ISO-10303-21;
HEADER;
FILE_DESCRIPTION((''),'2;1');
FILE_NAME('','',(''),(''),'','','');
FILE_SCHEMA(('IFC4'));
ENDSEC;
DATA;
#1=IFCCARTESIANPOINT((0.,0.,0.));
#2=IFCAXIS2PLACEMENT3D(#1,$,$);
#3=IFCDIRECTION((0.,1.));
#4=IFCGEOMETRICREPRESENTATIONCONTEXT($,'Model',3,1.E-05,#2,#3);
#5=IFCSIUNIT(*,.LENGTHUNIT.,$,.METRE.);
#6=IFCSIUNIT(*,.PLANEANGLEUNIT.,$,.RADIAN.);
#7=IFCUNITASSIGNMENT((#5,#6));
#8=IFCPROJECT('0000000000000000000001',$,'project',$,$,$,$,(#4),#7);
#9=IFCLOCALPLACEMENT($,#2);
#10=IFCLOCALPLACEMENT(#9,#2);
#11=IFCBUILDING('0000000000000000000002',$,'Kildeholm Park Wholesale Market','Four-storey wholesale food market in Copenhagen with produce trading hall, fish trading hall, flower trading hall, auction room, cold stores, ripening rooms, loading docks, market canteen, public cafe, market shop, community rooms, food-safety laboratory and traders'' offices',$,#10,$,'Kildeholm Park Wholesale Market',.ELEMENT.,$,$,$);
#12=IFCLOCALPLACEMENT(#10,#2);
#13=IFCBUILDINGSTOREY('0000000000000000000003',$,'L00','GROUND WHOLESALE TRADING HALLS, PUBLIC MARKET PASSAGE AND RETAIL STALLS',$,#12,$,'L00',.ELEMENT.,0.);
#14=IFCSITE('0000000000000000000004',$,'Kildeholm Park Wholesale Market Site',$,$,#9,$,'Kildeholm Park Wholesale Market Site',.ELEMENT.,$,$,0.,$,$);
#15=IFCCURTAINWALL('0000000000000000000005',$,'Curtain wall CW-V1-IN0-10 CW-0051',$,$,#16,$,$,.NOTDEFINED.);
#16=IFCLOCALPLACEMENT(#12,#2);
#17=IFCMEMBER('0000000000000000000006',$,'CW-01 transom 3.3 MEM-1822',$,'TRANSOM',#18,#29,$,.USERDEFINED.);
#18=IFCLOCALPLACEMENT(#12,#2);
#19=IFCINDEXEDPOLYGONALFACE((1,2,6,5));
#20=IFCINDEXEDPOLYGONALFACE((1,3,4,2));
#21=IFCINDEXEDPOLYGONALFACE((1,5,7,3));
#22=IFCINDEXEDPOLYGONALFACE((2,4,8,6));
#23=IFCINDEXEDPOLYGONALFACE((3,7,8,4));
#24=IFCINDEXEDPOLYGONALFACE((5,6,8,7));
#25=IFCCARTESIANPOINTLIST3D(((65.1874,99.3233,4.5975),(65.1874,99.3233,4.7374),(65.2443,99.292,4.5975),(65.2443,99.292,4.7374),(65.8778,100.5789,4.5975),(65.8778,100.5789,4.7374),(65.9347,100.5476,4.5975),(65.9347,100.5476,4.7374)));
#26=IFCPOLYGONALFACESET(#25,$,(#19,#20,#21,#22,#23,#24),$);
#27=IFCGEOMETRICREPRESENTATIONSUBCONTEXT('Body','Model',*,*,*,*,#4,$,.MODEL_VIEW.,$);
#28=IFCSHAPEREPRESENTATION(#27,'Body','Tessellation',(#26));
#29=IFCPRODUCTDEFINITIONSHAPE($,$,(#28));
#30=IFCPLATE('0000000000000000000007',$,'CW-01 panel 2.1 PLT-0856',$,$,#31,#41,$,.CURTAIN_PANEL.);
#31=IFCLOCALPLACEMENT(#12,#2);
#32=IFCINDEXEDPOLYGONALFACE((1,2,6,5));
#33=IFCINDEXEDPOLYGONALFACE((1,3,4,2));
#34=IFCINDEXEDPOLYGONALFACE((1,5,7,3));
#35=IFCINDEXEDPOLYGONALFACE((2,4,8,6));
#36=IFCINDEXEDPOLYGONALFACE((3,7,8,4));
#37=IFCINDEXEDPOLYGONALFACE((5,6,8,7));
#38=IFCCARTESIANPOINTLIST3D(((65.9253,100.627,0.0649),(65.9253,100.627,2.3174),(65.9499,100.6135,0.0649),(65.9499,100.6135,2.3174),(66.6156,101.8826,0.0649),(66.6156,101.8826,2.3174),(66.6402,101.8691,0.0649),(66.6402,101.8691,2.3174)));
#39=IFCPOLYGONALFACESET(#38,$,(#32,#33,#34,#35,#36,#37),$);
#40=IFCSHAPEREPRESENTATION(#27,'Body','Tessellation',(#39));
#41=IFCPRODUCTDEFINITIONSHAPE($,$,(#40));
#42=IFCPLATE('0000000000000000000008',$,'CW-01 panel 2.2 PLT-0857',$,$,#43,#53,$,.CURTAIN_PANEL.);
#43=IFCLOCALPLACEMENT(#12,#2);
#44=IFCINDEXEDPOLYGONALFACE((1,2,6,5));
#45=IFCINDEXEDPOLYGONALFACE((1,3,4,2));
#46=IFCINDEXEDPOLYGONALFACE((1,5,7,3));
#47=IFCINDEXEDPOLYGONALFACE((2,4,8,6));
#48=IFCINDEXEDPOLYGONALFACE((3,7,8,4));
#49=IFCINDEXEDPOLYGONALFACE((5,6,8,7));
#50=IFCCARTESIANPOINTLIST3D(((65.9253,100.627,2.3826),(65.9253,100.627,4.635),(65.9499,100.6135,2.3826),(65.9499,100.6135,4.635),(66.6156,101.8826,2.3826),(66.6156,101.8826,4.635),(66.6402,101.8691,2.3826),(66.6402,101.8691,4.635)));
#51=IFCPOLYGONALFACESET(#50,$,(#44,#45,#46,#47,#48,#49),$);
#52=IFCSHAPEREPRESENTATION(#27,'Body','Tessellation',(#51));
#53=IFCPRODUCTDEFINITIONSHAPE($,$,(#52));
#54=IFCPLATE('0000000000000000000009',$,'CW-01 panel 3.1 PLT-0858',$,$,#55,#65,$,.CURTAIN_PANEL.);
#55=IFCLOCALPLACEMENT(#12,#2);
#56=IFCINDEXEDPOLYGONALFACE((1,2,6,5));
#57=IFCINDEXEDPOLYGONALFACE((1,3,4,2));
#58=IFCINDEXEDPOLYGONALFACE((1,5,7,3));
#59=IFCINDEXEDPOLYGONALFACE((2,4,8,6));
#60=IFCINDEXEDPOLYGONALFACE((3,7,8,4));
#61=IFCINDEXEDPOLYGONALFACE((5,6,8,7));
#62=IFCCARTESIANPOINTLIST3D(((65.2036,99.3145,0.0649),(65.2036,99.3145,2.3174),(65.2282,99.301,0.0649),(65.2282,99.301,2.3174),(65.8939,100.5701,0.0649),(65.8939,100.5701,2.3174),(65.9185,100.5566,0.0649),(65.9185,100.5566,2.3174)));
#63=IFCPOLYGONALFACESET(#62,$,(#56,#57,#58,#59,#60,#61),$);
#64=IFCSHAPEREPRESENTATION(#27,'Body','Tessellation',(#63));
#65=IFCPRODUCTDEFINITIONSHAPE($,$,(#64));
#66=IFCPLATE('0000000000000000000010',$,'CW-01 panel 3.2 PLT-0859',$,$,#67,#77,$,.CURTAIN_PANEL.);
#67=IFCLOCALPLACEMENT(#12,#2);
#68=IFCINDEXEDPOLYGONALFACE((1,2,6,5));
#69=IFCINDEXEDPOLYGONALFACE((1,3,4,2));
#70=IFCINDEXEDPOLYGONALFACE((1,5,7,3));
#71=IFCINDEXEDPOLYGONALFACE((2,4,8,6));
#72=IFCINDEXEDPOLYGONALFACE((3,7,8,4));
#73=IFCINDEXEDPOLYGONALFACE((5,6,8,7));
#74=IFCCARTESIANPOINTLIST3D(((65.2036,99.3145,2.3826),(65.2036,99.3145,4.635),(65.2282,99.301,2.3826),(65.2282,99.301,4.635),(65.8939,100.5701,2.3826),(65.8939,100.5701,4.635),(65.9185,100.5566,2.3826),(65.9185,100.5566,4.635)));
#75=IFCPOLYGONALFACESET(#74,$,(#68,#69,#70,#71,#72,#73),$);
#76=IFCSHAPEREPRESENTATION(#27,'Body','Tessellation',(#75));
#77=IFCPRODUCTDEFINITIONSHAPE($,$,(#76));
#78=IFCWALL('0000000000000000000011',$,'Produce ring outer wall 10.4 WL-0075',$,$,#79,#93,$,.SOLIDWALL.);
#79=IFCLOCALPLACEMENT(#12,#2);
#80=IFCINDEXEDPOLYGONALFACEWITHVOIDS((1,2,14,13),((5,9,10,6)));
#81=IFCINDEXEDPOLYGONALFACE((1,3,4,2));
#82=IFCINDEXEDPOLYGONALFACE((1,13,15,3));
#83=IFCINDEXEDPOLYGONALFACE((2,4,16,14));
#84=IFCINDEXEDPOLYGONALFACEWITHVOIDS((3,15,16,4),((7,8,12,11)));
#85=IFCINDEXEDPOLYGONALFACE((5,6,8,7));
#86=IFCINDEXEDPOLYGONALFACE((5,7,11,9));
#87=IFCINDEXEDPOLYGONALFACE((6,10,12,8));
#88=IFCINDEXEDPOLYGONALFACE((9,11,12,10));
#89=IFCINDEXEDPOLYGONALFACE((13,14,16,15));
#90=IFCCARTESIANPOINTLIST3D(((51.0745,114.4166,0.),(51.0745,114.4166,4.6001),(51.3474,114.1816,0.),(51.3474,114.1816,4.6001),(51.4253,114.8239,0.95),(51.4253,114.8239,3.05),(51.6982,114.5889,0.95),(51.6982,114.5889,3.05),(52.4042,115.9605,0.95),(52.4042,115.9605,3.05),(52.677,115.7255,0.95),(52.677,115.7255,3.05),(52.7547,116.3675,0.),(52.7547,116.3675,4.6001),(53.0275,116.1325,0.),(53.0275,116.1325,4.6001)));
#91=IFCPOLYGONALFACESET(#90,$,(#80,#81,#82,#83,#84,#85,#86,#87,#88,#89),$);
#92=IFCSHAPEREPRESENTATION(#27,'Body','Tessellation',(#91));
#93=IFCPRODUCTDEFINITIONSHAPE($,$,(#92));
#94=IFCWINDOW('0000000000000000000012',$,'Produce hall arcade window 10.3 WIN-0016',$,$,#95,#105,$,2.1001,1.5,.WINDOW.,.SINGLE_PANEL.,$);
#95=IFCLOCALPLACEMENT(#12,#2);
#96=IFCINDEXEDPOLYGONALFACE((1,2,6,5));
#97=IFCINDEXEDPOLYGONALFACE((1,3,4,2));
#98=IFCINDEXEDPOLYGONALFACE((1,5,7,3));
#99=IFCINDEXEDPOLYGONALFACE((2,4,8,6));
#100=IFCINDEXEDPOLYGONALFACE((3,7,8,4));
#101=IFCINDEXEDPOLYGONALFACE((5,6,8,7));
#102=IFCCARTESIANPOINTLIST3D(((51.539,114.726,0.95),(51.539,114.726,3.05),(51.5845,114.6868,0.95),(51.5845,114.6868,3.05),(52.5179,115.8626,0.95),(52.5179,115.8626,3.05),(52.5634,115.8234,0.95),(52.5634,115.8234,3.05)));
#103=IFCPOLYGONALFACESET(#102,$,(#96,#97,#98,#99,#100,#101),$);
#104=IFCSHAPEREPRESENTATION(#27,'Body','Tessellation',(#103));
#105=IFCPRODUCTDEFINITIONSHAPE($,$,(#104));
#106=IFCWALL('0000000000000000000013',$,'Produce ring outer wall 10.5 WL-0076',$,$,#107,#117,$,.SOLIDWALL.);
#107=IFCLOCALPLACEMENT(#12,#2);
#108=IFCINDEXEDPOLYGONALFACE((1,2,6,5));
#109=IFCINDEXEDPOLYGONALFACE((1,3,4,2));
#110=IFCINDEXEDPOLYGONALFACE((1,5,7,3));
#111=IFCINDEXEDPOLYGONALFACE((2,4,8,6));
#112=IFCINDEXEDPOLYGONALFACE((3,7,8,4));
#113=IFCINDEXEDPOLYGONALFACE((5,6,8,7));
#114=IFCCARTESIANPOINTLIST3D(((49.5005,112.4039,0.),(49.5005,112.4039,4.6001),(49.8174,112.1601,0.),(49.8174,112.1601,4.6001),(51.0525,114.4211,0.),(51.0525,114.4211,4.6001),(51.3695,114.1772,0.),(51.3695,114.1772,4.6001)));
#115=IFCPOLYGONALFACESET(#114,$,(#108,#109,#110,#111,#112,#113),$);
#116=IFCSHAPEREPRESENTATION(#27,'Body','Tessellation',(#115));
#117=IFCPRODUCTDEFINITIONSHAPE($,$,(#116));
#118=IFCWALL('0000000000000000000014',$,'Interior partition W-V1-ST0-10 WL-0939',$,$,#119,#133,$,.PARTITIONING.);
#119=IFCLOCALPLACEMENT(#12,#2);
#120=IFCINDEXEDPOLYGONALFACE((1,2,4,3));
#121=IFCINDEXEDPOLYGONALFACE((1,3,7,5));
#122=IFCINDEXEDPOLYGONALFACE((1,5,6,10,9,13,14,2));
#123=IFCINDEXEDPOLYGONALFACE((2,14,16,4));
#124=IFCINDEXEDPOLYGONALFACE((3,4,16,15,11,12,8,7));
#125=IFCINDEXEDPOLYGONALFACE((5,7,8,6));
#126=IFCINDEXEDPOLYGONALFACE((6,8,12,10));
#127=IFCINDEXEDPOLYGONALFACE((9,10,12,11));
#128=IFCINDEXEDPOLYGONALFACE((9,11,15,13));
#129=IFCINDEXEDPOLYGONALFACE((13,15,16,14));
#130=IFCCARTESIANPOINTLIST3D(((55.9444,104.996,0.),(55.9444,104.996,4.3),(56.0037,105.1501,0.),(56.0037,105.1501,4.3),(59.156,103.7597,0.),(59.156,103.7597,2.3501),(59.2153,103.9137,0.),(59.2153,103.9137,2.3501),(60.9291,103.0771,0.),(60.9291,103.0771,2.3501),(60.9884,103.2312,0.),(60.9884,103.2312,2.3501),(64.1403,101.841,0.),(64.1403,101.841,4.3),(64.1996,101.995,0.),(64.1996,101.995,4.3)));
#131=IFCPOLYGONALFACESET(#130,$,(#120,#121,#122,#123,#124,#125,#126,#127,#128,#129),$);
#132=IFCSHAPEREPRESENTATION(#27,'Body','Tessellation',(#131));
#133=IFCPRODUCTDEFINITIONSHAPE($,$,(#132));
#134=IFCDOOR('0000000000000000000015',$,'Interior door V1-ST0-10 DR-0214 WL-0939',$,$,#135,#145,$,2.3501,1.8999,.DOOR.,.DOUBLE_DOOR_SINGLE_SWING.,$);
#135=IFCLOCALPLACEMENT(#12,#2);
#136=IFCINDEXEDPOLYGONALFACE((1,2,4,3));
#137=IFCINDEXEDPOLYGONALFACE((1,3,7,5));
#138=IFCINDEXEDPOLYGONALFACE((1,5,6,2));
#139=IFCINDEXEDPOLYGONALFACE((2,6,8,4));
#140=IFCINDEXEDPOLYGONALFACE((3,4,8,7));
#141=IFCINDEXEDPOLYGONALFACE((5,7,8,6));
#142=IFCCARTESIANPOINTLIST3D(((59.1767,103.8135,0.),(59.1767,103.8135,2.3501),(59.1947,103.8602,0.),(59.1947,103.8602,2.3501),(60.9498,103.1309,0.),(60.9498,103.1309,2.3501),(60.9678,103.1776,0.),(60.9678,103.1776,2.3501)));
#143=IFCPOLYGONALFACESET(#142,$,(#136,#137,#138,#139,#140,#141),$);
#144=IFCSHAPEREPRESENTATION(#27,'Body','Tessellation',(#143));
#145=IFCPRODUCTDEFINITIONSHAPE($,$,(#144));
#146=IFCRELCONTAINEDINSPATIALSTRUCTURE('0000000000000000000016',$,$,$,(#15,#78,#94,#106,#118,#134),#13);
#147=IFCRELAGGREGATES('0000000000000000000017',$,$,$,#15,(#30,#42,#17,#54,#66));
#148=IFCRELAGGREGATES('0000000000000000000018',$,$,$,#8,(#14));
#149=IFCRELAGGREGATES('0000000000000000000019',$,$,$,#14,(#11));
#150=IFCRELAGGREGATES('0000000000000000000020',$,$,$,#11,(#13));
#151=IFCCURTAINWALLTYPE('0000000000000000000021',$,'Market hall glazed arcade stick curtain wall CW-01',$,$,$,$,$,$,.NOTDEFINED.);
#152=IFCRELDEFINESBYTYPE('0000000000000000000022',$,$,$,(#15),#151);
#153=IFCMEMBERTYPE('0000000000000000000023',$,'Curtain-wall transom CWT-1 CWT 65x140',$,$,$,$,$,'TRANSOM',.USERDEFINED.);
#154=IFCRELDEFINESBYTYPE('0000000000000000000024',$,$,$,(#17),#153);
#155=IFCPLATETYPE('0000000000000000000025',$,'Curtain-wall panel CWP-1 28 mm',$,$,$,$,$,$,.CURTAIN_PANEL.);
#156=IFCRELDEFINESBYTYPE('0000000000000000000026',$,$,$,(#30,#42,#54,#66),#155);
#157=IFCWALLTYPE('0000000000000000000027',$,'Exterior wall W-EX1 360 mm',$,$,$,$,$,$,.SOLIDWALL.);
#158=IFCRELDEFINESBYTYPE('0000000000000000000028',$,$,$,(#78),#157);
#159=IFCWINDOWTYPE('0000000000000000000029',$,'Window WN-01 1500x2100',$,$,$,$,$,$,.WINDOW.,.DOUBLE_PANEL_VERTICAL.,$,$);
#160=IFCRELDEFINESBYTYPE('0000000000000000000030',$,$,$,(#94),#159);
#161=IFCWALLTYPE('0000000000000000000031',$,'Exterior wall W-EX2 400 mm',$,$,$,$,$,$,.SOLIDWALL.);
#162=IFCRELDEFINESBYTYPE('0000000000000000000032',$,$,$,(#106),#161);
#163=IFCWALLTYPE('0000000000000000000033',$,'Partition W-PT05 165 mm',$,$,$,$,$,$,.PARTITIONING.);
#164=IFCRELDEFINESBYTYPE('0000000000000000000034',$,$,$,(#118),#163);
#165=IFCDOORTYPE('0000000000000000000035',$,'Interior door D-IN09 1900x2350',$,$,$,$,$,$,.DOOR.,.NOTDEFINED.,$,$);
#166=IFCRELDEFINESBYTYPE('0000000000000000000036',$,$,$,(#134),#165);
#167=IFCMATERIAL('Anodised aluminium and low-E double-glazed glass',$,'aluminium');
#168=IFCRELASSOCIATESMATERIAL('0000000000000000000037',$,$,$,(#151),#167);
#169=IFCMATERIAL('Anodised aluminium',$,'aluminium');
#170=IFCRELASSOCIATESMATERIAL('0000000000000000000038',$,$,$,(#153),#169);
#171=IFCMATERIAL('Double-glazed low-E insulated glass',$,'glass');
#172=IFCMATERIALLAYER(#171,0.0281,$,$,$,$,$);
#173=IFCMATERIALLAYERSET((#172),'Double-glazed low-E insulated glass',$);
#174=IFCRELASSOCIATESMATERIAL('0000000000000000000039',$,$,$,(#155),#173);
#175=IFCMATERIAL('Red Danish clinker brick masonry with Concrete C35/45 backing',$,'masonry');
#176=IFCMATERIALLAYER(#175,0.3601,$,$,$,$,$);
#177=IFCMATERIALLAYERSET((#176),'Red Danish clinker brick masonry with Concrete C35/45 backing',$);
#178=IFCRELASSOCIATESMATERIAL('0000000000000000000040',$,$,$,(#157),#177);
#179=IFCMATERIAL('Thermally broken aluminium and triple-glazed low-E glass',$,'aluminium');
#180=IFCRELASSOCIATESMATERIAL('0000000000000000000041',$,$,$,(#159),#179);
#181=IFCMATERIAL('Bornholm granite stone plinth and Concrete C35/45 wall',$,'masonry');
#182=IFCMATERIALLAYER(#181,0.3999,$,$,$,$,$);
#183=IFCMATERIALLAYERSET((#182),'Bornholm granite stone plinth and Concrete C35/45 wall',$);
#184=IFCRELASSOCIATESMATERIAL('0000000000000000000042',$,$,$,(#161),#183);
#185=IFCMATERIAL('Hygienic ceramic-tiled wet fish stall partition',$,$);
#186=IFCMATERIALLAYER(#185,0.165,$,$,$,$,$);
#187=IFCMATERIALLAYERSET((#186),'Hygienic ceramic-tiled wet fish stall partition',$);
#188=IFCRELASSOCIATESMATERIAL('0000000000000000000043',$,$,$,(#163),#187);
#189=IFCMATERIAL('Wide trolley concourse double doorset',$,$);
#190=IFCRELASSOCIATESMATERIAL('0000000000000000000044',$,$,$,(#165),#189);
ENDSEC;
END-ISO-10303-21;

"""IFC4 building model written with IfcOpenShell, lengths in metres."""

from ifc_helpers import new_model, si_unit, direction, frame, frame_2d, origin, origin_2d, place, context, subcontext, project, spatial, rectangle, extrude, material, layer, layer_set, material_profile, profile_set, type_object, element, fill, aggregate, save


model = new_model("IFC4")

# Units and contexts
model_context = context("Model", 3, precision=1e-05, world=origin(), true_north=direction((0.0, 1.0)))
body_context = subcontext(model_context, "Body", "Model", "MODEL_VIEW")
ifc_project = project(units=[si_unit("LENGTHUNIT", "METRE"), si_unit("PLANEANGLEUNIT", "RADIAN")], contexts=[model_context])

# Site, building, storey
site_placement = place(None, origin())
site = spatial("IfcSite", under=ifc_project, at=site_placement, Name="Kildeholm Park Wholesale Market Site", LongName="Kildeholm Park Wholesale Market Site", CompositionType="ELEMENT", RefElevation=0.0)
building_placement = place(site_placement, origin())
building = spatial("IfcBuilding", under=site, at=building_placement, Name="Kildeholm Park Wholesale Market", Description="Four-storey wholesale food market in Copenhagen with produce trading hall, fish trading hall, flower trading hall, auction room, cold stores, ripening rooms, loading docks, market canteen, public cafe, market shop, community rooms, food-safety laboratory and traders' offices", LongName="Kildeholm Park Wholesale Market", CompositionType="ELEMENT")
storey_placement = place(building_placement, origin())
storey = spatial("IfcBuildingStorey", under=building, at=storey_placement, Name="L00", Description="GROUND WHOLESALE TRADING HALLS, PUBLIC MARKET PASSAGE AND RETAIL STALLS", LongName="L00", CompositionType="ELEMENT", Elevation=0.0)

# Curtain wall, member, plates
ifc_material_1 = material(Name="Anodised aluminium and low-E double-glazed glass", Category="aluminium")
curtain_wall_type = type_object("IfcCurtainWallType", Name="Market hall glazed arcade stick curtain wall CW-01", PredefinedType="NOTDEFINED", material=ifc_material_1)
curtain_wall_placement = place(storey_placement, origin())
curtain_wall = element("IfcCurtainWall", 1, at=curtain_wall_placement, inside=storey, type_object=curtain_wall_type, Name="Curtain wall CW-V1-IN0-10 CW-0051", PredefinedType="NOTDEFINED")
ifc_material_2 = material(Name="Anodised aluminium", Category="aluminium")
ifc_material_profile_1 = material_profile(ifc_material_2, rectangle(XDim=0.0649, YDim=0.1399, at=origin_2d()), Name="CWT 65x140")
ifc_profile_set_1 = profile_set([ifc_material_profile_1], Name="Anodised aluminium")
member_type_1 = type_object("IfcMemberType", Name="Curtain-wall transom CWT-1 CWT 65x140", ElementType="TRANSOM", PredefinedType="USERDEFINED", material=ifc_profile_set_1)
member_1_placement = place(storey_placement, frame((65.9062, 100.5632, 4.6675), z_axis=(-0.481834, -0.876263, 0.0), x_axis=(0.876263, -0.481834, 0.0)))
member_1 = element("IfcMember", 2, at=member_1_placement, type_object=member_type_1, Name="CW-01 transom 3.3 MEM-1822", ObjectType="TRANSOM", PredefinedType="USERDEFINED", context=body_context, shape_type="SweptSolid", body=[
    extrude(rectangle(XDim=0.0649, YDim=0.1399, at=origin_2d()), origin(), (0.0, 0.0, 1.0), 1.4329),
])
ifc_material_3 = material(Name="Double-glazed low-E insulated glass", Category="glass")
ifc_layer_1 = layer(ifc_material_3, 0.0281)
ifc_layer_set_1 = layer_set([ifc_layer_1], Name="Double-glazed low-E insulated glass")
plate_type = type_object("IfcPlateType", Name="Curtain-wall panel CWP-1 28 mm", PredefinedType="CURTAIN_PANEL", material=ifc_layer_set_1)
plate_1_placement = place(storey_placement, frame((66.2827, 101.248, 0.0649), z_axis=(0.0, 0.0, 1.0), x_axis=(-0.48175, -0.876309, 0.0)))
plate_1 = element("IfcPlate", 3, at=plate_1_placement, type_object=plate_type, Name="CW-01 panel 2.1 PLT-0856", PredefinedType="CURTAIN_PANEL", context=body_context, shape_type="SweptSolid", body=[
    extrude(rectangle(XDim=1.4329, YDim=0.0281, at=origin_2d()), origin(), (0.0, 0.0, 1.0), 2.2524),
])
plate_2_placement = place(storey_placement, frame((66.2827, 101.248, 2.3826), z_axis=(0.0, 0.0, 1.0), x_axis=(-0.48175, -0.876309, 0.0)))
plate_2 = element("IfcPlate", 4, at=plate_2_placement, type_object=plate_type, Name="CW-01 panel 2.2 PLT-0857", PredefinedType="CURTAIN_PANEL", context=body_context, shape_type="SweptSolid", body=[
    extrude(rectangle(XDim=1.4329, YDim=0.0281, at=origin_2d()), origin(), (0.0, 0.0, 1.0), 2.2524),
])
plate_3_placement = place(storey_placement, frame((65.561, 99.9355, 0.0649), z_axis=(0.0, 0.0, 1.0), x_axis=(-0.48175, -0.876309, 0.0)))
plate_3 = element("IfcPlate", 5, at=plate_3_placement, type_object=plate_type, Name="CW-01 panel 3.1 PLT-0858", PredefinedType="CURTAIN_PANEL", context=body_context, shape_type="SweptSolid", body=[
    extrude(rectangle(XDim=1.4329, YDim=0.0281, at=origin_2d()), origin(), (0.0, 0.0, 1.0), 2.2524),
])
plate_4_placement = place(storey_placement, frame((65.561, 99.9355, 2.3826), z_axis=(0.0, 0.0, 1.0), x_axis=(-0.48175, -0.876309, 0.0)))
plate_4 = element("IfcPlate", 6, at=plate_4_placement, type_object=plate_type, Name="CW-01 panel 3.2 PLT-0859", PredefinedType="CURTAIN_PANEL", context=body_context, shape_type="SweptSolid", body=[
    extrude(rectangle(XDim=1.4329, YDim=0.0281, at=origin_2d()), origin(), (0.0, 0.0, 1.0), 2.2524),
])
aggregate(curtain_wall, [plate_1, plate_2, member_1, plate_3, plate_4])

# Wall, opening, window
ifc_material_4 = material(Name="Red Danish clinker brick masonry with Concrete C35/45 backing", Category="masonry")
ifc_layer_2 = layer(ifc_material_4, 0.3601)
ifc_layer_set_2 = layer_set([ifc_layer_2], Name="Red Danish clinker brick masonry with Concrete C35/45 backing")
wall_type_1 = type_object("IfcWallType", Name="Exterior wall W-EX1 360 mm", PredefinedType="SOLIDWALL", material=ifc_layer_set_2)
wall_1_placement = place(storey_placement, frame((52.8911, 116.25, 0.0), z_axis=(0.0, 0.0, 1.0), x_axis=(-0.65257, -0.757728, 0.0)))
wall_1 = element("IfcWall", 7, at=wall_1_placement, inside=storey, type_object=wall_type_1, Name="Produce ring outer wall 10.4 WL-0075", PredefinedType="SOLIDWALL", context=body_context, shape_type="SweptSolid", body=[
    extrude(rectangle(XDim=2.5747, YDim=0.3601, at=frame_2d((1.2874, 0.0))), origin(), (0.0, 0.0, 1.0), 4.6001),
])
opening_1_placement = place(wall_1_placement, frame((0.5371, 0.0, 0.95)))
opening_1 = element("IfcOpeningElement", 8, at=opening_1_placement, cuts=wall_1, PredefinedType="OPENING", context=body_context, shape_type="SweptSolid", body=[
    extrude(rectangle(XDim=1.5, YDim=2.1001, at=frame_2d((0.75, 1.05))), frame((0.0, 0.1899, 0.0), z_axis=(0.0, -1.0, 0.0), x_axis=(1.0, 0.0, 0.0)), (0.0, 0.0, 1.0), 0.3801),
])
ifc_material_5 = material(Name="Thermally broken aluminium and triple-glazed low-E glass", Category="aluminium")
window_type = type_object("IfcWindowType", Name="Window WN-01 1500x2100", PartitioningType="DOUBLE_PANEL_VERTICAL", PredefinedType="WINDOW", material=ifc_material_5)
window_placement = place(opening_1_placement, origin())
window = element("IfcWindow", 9, at=window_placement, inside=storey, type_object=window_type, Name="Produce hall arcade window 10.3 WIN-0016", OverallHeight=2.1001, OverallWidth=1.5, PartitioningType="SINGLE_PANEL", PredefinedType="WINDOW", context=body_context, shape_type="SweptSolid", body=[
    extrude(rectangle(XDim=1.5, YDim=2.1001, at=frame_2d((0.75, 1.05))), frame((0.0, 0.03, 0.0), z_axis=(0.0, -1.0, 0.0), x_axis=(1.0, 0.0, 0.0)), (0.0, 0.0, 1.0), 0.0601),
])
fill(opening_1, window)

# Wall
ifc_material_6 = material(Name="Bornholm granite stone plinth and Concrete C35/45 wall", Category="masonry")
ifc_layer_3 = layer(ifc_material_6, 0.3999)
ifc_layer_set_3 = layer_set([ifc_layer_3], Name="Bornholm granite stone plinth and Concrete C35/45 wall")
wall_type_2 = type_object("IfcWallType", Name="Exterior wall W-EX2 400 mm", PredefinedType="SOLIDWALL", material=ifc_layer_set_3)
wall_2_placement = place(storey_placement, frame((51.2109, 114.2991, 0.0), z_axis=(0.0, 0.0, 1.0), x_axis=(-0.609808, -0.792549, 0.0)))
element("IfcWall", 10, at=wall_2_placement, inside=storey, type_object=wall_type_2, Name="Produce ring outer wall 10.5 WL-0076", PredefinedType="SOLIDWALL", context=body_context, shape_type="SweptSolid", body=[
    extrude(rectangle(XDim=2.5452, YDim=0.3999, at=frame_2d((1.2725, 0.0))), origin(), (0.0, 0.0, 1.0), 4.6001),
])

# Wall, opening, door
ifc_material_7 = material(Name="Hygienic ceramic-tiled wet fish stall partition")
ifc_layer_4 = layer(ifc_material_7, 0.165)
ifc_layer_set_4 = layer_set([ifc_layer_4], Name="Hygienic ceramic-tiled wet fish stall partition")
wall_type_3 = type_object("IfcWallType", Name="Partition W-PT05 165 mm", PredefinedType="PARTITIONING", material=ifc_layer_set_4)
wall_3_placement = place(storey_placement, frame((64.1699, 101.918, 0.0), z_axis=(0.0, 0.0, 1.0), x_axis=(-0.933239, 0.359257, 0.0)))
wall_3 = element("IfcWall", 11, at=wall_3_placement, inside=storey, type_object=wall_type_3, Name="Interior partition W-V1-ST0-10 WL-0939", PredefinedType="PARTITIONING", context=body_context, shape_type="SweptSolid", body=[
    extrude(rectangle(XDim=8.7822, YDim=0.165, at=frame_2d((4.3911, 0.0))), origin(), (0.0, 0.0, 1.0), 4.3),
])
opening_2_placement = place(wall_3_placement, frame((3.4409, 0.0, 0.0)))
opening_2 = element("IfcOpeningElement", 12, at=opening_2_placement, cuts=wall_3, PredefinedType="OPENING", context=body_context, shape_type="SweptSolid", body=[
    extrude(rectangle(XDim=1.8999, YDim=2.3501, at=frame_2d((0.95, 1.175))), frame((0.0, 0.0925, 0.0), z_axis=(0.0, -1.0, 0.0), x_axis=(1.0, 0.0, 0.0)), (0.0, 0.0, 1.0), 0.1851),
])
ifc_material_8 = material(Name="Wide trolley concourse double doorset")
door_type = type_object("IfcDoorType", Name="Interior door D-IN09 1900x2350", OperationType="NOTDEFINED", PredefinedType="DOOR", material=ifc_material_8)
door_placement = place(opening_2_placement, origin())
door = element("IfcDoor", 13, at=door_placement, inside=storey, type_object=door_type, Name="Interior door V1-ST0-10 DR-0214 WL-0939", OperationType="DOUBLE_DOOR_SINGLE_SWING", OverallHeight=2.3501, OverallWidth=1.8999, PredefinedType="DOOR", context=body_context, shape_type="SweptSolid", body=[
    extrude(rectangle(XDim=1.8999, YDim=2.3501, at=frame_2d((0.95, 1.175))), frame((0.0, 0.0249, 0.0), z_axis=(0.0, -1.0, 0.0), x_axis=(1.0, 0.0, 0.0)), (0.0, 0.0, 1.0), 0.05),
])
fill(opening_2, door)

save(model, "model.ifc")
